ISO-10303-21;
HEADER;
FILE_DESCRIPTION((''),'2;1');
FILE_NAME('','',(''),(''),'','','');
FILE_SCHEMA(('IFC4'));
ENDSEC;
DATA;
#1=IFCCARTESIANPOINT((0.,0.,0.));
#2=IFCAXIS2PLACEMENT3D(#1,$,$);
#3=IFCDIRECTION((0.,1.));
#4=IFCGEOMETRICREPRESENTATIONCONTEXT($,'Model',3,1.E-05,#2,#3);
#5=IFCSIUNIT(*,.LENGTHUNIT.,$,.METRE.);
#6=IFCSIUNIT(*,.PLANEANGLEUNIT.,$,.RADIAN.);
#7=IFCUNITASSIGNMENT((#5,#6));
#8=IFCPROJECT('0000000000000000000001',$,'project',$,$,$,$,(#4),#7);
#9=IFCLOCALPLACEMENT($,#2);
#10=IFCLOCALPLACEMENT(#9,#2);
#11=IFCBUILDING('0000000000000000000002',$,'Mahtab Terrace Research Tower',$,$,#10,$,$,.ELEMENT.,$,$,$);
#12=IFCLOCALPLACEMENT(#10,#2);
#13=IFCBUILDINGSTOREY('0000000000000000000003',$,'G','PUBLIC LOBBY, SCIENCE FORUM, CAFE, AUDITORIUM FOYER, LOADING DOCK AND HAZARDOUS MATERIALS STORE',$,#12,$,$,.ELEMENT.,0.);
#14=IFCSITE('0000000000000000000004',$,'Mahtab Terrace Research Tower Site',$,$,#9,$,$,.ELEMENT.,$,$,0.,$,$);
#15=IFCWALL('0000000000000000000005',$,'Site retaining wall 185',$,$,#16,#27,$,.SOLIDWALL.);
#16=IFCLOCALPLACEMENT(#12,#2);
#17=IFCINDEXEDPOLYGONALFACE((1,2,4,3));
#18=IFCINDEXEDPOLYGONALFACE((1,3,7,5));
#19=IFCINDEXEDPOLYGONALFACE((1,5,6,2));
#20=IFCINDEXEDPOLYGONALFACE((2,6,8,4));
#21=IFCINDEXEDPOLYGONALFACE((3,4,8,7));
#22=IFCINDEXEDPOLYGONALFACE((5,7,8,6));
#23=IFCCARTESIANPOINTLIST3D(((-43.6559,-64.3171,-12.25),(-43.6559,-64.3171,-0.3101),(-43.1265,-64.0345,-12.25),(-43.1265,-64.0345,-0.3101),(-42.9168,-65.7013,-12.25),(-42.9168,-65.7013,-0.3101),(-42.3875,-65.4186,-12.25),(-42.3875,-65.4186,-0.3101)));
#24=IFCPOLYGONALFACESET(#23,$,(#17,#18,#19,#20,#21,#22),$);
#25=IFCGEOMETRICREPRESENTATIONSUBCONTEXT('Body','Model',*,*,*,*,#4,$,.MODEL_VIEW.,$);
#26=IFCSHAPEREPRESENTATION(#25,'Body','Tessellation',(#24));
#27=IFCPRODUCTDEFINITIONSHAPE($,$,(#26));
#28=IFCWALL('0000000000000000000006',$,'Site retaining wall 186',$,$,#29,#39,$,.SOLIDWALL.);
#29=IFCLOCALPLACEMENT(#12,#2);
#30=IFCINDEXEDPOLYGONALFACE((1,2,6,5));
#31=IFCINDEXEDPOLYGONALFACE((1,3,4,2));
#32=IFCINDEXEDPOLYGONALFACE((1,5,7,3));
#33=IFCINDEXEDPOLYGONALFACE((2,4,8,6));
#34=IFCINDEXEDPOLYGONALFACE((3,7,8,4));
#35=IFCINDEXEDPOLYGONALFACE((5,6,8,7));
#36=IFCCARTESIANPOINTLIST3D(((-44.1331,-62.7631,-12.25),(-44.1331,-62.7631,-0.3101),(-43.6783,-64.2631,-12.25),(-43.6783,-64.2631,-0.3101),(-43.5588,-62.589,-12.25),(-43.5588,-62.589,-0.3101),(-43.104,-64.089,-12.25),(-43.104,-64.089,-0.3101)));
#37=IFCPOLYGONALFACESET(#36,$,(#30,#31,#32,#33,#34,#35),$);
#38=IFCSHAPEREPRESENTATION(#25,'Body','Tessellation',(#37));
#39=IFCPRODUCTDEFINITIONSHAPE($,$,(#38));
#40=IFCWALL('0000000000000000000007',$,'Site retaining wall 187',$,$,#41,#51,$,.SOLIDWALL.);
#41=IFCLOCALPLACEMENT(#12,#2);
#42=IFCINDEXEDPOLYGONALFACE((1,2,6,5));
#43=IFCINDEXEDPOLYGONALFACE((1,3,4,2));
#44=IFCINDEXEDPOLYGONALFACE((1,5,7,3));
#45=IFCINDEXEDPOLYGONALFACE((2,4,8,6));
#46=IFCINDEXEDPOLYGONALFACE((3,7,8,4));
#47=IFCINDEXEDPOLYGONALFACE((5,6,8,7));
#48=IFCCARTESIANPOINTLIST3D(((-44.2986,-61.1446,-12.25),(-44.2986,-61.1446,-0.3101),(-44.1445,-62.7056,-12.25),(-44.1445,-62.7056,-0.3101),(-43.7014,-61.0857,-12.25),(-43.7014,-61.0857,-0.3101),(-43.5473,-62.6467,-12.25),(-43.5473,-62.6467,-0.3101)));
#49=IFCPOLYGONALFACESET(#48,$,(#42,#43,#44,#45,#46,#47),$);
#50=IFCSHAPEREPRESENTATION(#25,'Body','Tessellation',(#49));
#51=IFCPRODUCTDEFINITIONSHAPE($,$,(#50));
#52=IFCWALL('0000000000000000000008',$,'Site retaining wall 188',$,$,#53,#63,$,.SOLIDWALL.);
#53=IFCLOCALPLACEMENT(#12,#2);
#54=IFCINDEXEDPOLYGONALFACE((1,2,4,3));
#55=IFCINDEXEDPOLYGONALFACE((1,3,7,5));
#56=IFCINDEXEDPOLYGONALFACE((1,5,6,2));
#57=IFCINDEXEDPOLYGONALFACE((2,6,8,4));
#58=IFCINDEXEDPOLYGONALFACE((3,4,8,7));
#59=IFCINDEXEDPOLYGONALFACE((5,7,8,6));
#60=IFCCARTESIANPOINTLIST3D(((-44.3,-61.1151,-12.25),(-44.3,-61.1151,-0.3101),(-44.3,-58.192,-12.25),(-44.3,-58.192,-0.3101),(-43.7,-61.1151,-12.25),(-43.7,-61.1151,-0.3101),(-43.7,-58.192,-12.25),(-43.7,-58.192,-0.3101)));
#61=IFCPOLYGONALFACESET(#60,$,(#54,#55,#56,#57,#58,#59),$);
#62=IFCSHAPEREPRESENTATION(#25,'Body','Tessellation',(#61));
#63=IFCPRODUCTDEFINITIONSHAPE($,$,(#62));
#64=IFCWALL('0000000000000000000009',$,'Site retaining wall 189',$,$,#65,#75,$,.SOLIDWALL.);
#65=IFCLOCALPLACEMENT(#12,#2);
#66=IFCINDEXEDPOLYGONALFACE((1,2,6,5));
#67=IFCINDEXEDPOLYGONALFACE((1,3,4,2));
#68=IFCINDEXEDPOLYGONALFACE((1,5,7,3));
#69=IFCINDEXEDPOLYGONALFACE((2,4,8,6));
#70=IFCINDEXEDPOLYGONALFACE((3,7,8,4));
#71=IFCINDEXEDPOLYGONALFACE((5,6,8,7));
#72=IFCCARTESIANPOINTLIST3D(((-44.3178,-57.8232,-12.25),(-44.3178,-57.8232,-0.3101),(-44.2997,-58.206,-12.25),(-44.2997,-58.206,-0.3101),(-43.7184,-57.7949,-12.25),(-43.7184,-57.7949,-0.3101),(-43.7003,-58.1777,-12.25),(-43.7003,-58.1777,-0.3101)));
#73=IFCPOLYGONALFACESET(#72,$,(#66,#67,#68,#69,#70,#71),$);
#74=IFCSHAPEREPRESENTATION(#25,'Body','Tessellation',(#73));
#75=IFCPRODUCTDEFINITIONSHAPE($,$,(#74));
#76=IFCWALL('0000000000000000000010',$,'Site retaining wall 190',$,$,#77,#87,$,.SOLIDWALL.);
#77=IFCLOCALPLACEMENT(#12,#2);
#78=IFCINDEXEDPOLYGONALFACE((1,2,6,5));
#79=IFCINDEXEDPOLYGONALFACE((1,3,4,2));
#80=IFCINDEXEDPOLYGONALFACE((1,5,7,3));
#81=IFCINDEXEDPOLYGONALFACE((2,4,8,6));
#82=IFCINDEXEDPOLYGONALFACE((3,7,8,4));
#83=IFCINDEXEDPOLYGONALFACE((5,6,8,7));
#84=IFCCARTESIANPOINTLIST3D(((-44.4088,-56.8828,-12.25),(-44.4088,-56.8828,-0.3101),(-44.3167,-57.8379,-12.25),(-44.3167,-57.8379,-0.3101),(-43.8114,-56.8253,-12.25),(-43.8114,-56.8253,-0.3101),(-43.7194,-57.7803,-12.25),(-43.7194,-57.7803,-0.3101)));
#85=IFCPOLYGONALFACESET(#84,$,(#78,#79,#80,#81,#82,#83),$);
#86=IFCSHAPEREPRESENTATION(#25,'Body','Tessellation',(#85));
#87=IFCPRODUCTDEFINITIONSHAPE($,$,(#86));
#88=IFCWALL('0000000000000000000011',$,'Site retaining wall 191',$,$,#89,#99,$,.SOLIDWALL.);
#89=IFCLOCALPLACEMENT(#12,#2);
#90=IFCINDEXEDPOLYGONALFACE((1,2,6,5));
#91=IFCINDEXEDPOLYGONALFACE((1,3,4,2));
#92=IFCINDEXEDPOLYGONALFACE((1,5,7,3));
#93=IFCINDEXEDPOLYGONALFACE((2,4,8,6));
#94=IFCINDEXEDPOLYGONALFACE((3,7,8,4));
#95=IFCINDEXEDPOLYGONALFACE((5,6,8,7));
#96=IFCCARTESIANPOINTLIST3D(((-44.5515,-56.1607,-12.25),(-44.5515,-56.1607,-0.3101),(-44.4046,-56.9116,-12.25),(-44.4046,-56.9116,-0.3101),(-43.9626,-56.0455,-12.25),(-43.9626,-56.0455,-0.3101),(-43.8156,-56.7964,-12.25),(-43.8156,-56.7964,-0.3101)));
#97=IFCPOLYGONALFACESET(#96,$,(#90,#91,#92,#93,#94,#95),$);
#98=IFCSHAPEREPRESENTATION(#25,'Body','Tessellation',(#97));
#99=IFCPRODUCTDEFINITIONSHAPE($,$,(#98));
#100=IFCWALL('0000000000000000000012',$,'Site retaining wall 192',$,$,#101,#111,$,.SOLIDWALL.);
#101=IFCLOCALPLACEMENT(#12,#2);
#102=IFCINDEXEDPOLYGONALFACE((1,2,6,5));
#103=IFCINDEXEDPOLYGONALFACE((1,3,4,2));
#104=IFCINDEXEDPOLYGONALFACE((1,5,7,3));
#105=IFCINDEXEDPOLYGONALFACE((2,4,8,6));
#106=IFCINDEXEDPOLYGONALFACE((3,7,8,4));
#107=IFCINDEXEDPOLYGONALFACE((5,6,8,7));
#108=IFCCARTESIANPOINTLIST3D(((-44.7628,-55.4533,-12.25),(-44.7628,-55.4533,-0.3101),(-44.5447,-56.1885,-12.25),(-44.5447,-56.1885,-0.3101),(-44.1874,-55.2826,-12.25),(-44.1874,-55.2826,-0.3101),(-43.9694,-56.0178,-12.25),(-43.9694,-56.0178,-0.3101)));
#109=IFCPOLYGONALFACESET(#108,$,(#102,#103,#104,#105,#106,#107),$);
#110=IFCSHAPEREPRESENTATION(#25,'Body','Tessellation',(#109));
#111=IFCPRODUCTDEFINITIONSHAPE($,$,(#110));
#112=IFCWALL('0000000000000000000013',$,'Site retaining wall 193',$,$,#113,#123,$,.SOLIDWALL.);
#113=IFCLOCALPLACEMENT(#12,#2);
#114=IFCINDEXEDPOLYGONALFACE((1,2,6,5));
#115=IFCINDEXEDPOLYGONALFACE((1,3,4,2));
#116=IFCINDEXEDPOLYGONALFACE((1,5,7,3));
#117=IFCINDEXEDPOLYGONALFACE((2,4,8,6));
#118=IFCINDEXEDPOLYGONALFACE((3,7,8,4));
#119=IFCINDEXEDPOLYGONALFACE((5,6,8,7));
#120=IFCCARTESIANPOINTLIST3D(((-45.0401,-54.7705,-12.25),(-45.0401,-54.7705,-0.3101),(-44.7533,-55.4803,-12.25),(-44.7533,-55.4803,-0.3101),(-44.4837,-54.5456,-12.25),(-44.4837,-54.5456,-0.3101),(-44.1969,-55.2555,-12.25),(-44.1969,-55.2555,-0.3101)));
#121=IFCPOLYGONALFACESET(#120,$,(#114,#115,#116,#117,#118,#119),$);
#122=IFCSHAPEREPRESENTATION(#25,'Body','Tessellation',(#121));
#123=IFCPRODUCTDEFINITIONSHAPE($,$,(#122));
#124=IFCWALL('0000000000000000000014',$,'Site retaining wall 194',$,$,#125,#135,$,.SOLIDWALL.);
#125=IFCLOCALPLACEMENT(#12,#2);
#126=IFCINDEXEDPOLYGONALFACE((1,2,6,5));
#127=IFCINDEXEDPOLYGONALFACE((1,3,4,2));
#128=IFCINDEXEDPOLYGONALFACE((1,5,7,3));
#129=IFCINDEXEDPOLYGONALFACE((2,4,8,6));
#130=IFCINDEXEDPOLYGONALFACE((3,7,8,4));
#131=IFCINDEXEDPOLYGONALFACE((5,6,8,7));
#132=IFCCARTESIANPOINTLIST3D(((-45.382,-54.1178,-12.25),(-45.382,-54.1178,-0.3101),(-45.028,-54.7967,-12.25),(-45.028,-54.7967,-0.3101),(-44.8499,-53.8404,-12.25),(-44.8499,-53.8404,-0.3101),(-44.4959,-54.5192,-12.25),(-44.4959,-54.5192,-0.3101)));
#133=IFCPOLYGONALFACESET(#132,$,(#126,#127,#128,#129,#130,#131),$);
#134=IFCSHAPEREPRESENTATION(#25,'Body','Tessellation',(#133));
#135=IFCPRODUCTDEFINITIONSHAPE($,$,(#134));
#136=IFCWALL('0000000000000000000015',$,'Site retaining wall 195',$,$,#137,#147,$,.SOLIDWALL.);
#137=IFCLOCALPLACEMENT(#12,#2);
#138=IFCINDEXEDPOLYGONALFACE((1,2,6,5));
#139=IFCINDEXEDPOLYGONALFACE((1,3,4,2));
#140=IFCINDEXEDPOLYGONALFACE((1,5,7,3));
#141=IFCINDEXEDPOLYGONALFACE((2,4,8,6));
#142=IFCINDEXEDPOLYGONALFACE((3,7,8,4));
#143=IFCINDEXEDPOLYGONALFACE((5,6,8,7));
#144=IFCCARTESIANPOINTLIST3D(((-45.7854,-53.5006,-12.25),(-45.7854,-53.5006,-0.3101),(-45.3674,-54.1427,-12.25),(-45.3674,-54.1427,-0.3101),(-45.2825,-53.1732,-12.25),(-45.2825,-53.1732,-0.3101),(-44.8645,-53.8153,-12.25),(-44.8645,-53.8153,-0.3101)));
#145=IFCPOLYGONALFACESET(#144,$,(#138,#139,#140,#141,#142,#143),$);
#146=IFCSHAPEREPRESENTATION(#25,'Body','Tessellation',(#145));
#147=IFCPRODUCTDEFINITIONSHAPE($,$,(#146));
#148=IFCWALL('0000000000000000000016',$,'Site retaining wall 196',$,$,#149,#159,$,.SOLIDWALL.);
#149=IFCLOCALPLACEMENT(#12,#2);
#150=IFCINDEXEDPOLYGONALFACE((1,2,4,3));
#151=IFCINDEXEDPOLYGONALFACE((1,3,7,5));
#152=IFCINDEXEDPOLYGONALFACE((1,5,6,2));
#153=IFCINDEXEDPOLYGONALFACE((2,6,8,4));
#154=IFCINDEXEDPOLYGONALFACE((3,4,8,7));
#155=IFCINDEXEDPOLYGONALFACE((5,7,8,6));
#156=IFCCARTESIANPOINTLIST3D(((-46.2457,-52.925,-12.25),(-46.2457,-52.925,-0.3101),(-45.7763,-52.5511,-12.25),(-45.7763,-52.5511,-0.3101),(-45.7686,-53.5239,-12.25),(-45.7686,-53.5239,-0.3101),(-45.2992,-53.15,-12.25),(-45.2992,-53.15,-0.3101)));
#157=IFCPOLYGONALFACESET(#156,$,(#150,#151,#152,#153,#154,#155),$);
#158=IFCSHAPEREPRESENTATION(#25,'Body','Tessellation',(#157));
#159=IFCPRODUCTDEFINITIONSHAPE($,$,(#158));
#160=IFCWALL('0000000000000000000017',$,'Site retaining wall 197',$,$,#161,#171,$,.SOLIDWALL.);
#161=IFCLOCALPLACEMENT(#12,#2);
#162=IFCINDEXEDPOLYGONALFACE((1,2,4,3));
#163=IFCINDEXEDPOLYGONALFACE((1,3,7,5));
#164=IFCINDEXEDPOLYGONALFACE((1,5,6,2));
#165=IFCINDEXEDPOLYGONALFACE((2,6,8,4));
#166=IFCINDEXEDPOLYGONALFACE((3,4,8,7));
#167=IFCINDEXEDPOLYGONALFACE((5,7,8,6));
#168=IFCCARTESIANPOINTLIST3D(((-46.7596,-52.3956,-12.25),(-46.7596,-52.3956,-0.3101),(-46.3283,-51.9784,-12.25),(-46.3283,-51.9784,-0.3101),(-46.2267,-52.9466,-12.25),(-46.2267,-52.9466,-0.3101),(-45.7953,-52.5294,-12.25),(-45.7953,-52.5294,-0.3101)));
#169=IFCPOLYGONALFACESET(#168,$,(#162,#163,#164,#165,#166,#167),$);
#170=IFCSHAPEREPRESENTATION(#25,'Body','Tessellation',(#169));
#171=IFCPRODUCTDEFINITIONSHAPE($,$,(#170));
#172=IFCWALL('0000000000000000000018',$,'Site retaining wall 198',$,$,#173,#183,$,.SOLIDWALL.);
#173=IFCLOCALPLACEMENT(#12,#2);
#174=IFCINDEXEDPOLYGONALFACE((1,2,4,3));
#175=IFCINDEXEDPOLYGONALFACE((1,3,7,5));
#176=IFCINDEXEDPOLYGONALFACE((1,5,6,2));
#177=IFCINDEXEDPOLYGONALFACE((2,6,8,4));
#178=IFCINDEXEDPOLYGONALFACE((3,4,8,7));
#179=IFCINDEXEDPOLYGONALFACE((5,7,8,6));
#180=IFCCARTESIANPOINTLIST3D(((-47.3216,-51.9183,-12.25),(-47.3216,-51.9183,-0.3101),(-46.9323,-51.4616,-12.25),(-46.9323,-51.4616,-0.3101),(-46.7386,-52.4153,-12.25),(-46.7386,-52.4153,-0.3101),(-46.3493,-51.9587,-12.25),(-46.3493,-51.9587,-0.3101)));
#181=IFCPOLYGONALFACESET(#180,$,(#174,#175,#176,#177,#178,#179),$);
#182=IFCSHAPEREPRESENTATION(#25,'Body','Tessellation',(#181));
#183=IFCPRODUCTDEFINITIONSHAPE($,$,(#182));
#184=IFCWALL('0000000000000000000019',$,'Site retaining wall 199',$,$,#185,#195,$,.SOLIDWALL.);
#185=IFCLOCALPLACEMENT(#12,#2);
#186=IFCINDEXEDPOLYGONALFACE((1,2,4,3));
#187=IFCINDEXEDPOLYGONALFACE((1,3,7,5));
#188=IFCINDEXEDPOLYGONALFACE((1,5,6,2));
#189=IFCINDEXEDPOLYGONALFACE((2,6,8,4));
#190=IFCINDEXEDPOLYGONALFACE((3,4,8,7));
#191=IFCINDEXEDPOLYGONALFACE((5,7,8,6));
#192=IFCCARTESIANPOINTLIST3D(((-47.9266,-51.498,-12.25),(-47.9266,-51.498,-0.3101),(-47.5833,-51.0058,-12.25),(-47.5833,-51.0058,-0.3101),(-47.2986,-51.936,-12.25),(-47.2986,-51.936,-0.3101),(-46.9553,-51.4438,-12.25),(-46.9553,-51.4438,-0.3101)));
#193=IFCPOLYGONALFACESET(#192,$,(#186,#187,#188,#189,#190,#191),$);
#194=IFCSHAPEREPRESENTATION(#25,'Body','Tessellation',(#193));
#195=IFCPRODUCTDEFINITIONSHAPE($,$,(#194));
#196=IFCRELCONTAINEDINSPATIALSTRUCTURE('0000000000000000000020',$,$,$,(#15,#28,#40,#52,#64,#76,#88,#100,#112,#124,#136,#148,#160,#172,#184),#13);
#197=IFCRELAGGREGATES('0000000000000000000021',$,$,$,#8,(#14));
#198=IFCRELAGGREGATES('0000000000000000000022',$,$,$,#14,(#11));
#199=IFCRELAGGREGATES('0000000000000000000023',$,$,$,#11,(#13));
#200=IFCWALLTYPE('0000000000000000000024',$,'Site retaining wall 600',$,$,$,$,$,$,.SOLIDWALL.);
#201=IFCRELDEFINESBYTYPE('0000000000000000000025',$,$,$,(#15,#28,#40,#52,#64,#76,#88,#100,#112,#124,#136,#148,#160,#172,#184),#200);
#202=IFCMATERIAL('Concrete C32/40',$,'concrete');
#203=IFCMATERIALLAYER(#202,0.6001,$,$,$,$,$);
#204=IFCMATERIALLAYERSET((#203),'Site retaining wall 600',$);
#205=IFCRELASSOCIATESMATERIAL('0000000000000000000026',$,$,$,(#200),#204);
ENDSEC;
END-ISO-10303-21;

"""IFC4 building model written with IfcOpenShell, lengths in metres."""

from ifc_helpers import new_model, si_unit, direction, frame, frame_2d, origin, place, context, subcontext, project, spatial, rectangle, extrude, material, layer, layer_set, type_object, element, save


model = new_model("IFC4")

# Units and contexts
model_context = context("Model", 3, precision=1e-05, world=origin(), true_north=direction((0.0, 1.0)))
body_context = subcontext(model_context, "Body", "Model", "MODEL_VIEW")
ifc_project = project(units=[si_unit("LENGTHUNIT", "METRE"), si_unit("PLANEANGLEUNIT", "RADIAN")], contexts=[model_context])

# Site, building, storey
site_placement = place(None, origin())
site = spatial("IfcSite", under=ifc_project, at=site_placement, Name="Mahtab Terrace Research Tower Site", CompositionType="ELEMENT", RefElevation=0.0)
building_placement = place(site_placement, origin())
building = spatial("IfcBuilding", under=site, at=building_placement, Name="Mahtab Terrace Research Tower", CompositionType="ELEMENT")
storey_placement = place(building_placement, origin())
storey = spatial("IfcBuildingStorey", under=building, at=storey_placement, Name="G", Description="PUBLIC LOBBY, SCIENCE FORUM, CAFE, AUDITORIUM FOYER, LOADING DOCK AND HAZARDOUS MATERIALS STORE", CompositionType="ELEMENT", Elevation=0.0)

# Walls
ifc_material = material(Name="Concrete C32/40", Category="concrete")
ifc_layer = layer(ifc_material, 0.6001)
ifc_layer_set = layer_set([ifc_layer], Name="Site retaining wall 600")
wall_type = type_object("IfcWallType", Name="Site retaining wall 600", PredefinedType="SOLIDWALL", material=ifc_layer_set)
wall_1_placement = place(storey_placement, frame((-42.6521, -65.5601, -12.25), z_axis=(0.0, 0.0, 1.0), x_axis=(-0.471016, 0.882125, 0.0)))
element("IfcWall", 1, at=wall_1_placement, inside=storey, type_object=wall_type, Name="Site retaining wall 185", PredefinedType="SOLIDWALL", context=body_context, shape_type="SweptSolid", body=[
    extrude(rectangle(XDim=1.5691, YDim=0.6001, at=frame_2d((0.7847, 0.0))), origin(), (0.0, 0.0, 1.0), 11.9399),
])
wall_2_placement = place(storey_placement, frame((-43.3911, -64.176, -12.25), z_axis=(0.0, 0.0, 1.0), x_axis=(-0.290176, 0.956973, 0.0)))
element("IfcWall", 2, at=wall_2_placement, inside=storey, type_object=wall_type, Name="Site retaining wall 186", PredefinedType="SOLIDWALL", context=body_context, shape_type="SweptSolid", body=[
    extrude(rectangle(XDim=1.5674, YDim=0.6001, at=frame_2d((0.7837, 0.0))), origin(), (0.0, 0.0, 1.0), 11.9399),
])
wall_3_placement = place(storey_placement, frame((-43.8459, -62.676, -12.25), z_axis=(0.0, 0.0, 1.0), x_axis=(-0.098209, 0.995166, 0.0)))
element("IfcWall", 3, at=wall_3_placement, inside=storey, type_object=wall_type, Name="Site retaining wall 187", PredefinedType="SOLIDWALL", context=body_context, shape_type="SweptSolid", body=[
    extrude(rectangle(XDim=1.5686, YDim=0.6001, at=frame_2d((0.7842, 0.0))), origin(), (0.0, 0.0, 1.0), 11.9399),
])
wall_4_placement = place(storey_placement, frame((-44.0, -61.115, -12.25), z_axis=(0.0, 0.0, 1.0), x_axis=(0.0, 1.0, 0.0)))
element("IfcWall", 4, at=wall_4_placement, inside=storey, type_object=wall_type, Name="Site retaining wall 188", PredefinedType="SOLIDWALL", context=body_context, shape_type="SweptSolid", body=[
    extrude(rectangle(XDim=2.9231, YDim=0.6001, at=frame_2d((1.4614, 0.0))), origin(), (0.0, 0.0, 1.0), 11.9399),
])
wall_5_placement = place(storey_placement, frame((-44.0, -58.1919, -12.25), z_axis=(0.0, 0.0, 1.0), x_axis=(-0.047141, 0.998888, 0.0)))
element("IfcWall", 5, at=wall_5_placement, inside=storey, type_object=wall_type, Name="Site retaining wall 189", PredefinedType="SOLIDWALL", context=body_context, shape_type="SweptSolid", body=[
    extrude(rectangle(XDim=0.3833, YDim=0.6001, at=frame_2d((0.1917, 0.0))), origin(), (0.0, 0.0, 1.0), 11.9399),
])
wall_6_placement = place(storey_placement, frame((-44.0181, -57.8091, -12.25), z_axis=(0.0, 0.0, 1.0), x_axis=(-0.095926, 0.995388, 0.0)))
element("IfcWall", 6, at=wall_6_placement, inside=storey, type_object=wall_type, Name="Site retaining wall 190", PredefinedType="SOLIDWALL", context=body_context, shape_type="SweptSolid", body=[
    extrude(rectangle(XDim=0.9595, YDim=0.6001, at=frame_2d((0.4797, 0.0))), origin(), (0.0, 0.0, 1.0), 11.9399),
])
wall_7_placement = place(storey_placement, frame((-44.1101, -56.854, -12.25), z_axis=(0.0, 0.0, 1.0), x_axis=(-0.192065, 0.981382, 0.0)))
element("IfcWall", 7, at=wall_7_placement, inside=storey, type_object=wall_type, Name="Site retaining wall 191", PredefinedType="SOLIDWALL", context=body_context, shape_type="SweptSolid", body=[
    extrude(rectangle(XDim=0.7651, YDim=0.6001, at=frame_2d((0.3826, 0.0))), origin(), (0.0, 0.0, 1.0), 11.9399),
])
wall_8_placement = place(storey_placement, frame((-44.2571, -56.103, -12.25), z_axis=(0.0, 0.0, 1.0), x_axis=(-0.284338, 0.958724, 0.0)))
element("IfcWall", 8, at=wall_8_placement, inside=storey, type_object=wall_type, Name="Site retaining wall 192", PredefinedType="SOLIDWALL", context=body_context, shape_type="SweptSolid", body=[
    extrude(rectangle(XDim=0.7668, YDim=0.6001, at=frame_2d((0.3833, 0.0))), origin(), (0.0, 0.0, 1.0), 11.9399),
])
for number, where, z_axis, x_axis, name in (
    (9, (-44.4751, -55.3679, -12.25), (0.0, 0.0, 1.0), (-0.374632, 0.927174, 0.0), "Site retaining wall 193"),
    (10, (-44.762, -54.658, -12.25), (0.0, 0.0, 1.0), (-0.462326, 0.88671, 0.0), "Site retaining wall 194"),
):
    element("IfcWall", number, at=place(storey_placement, frame(where, z_axis=z_axis, x_axis=x_axis)), inside=storey, type_object=wall_type, Name=name, PredefinedType="SOLIDWALL", context=body_context, shape_type="SweptSolid", body=[
        extrude(rectangle(XDim=0.7656, YDim=0.6001, at=frame_2d((0.3828, 0.0))), origin(), (0.0, 0.0, 1.0), 11.9399),
    ])
wall_9_placement = place(storey_placement, frame((-45.116, -53.979, -12.25), z_axis=(0.0, 0.0, 1.0), x_axis=(-0.545548, 0.838079, 0.0)))
element("IfcWall", 11, at=wall_9_placement, inside=storey, type_object=wall_type, Name="Site retaining wall 195", PredefinedType="SOLIDWALL", context=body_context, shape_type="SweptSolid", body=[
    extrude(rectangle(XDim=0.7661, YDim=0.6001, at=frame_2d((0.3831, 0.0))), origin(), (0.0, 0.0, 1.0), 11.9399),
])
wall_10_placement = place(storey_placement, frame((-45.5339, -53.3369, -12.25), z_axis=(0.0, 0.0, 1.0), x_axis=(-0.62306, 0.782174, 0.0)))
element("IfcWall", 12, at=wall_10_placement, inside=storey, type_object=wall_type, Name="Site retaining wall 196", PredefinedType="SOLIDWALL", context=body_context, shape_type="SweptSolid", body=[
    extrude(rectangle(XDim=0.7656, YDim=0.6001, at=frame_2d((0.3828, 0.0))), origin(), (0.0, 0.0, 1.0), 11.9399),
])
wall_11_placement = place(storey_placement, frame((-46.011, -52.738, -12.25), z_axis=(0.0, 0.0, 1.0), x_axis=(-0.695225, 0.718792, 0.0)))
element("IfcWall", 13, at=wall_11_placement, inside=storey, type_object=wall_type, Name="Site retaining wall 197", PredefinedType="SOLIDWALL", context=body_context, shape_type="SweptSolid", body=[
    extrude(rectangle(XDim=0.7666, YDim=0.6001, at=frame_2d((0.3833, 0.0))), origin(), (0.0, 0.0, 1.0), 11.9399),
])
wall_12_placement = place(storey_placement, frame((-46.5439, -52.187, -12.25), z_axis=(0.0, 0.0, 1.0), x_axis=(-0.760964, 0.648795, 0.0)))
element("IfcWall", 14, at=wall_12_placement, inside=storey, type_object=wall_type, Name="Site retaining wall 198", PredefinedType="SOLIDWALL", context=body_context, shape_type="SweptSolid", body=[
    extrude(rectangle(XDim=0.7661, YDim=0.6001, at=frame_2d((0.3831, 0.0))), origin(), (0.0, 0.0, 1.0), 11.9399),
])
wall_13_placement = place(storey_placement, frame((-47.127, -51.6899, -12.25), z_axis=(0.0, 0.0, 1.0), x_axis=(-0.82019, 0.572092, 0.0)))
element("IfcWall", 15, at=wall_13_placement, inside=storey, type_object=wall_type, Name="Site retaining wall 199", PredefinedType="SOLIDWALL", context=body_context, shape_type="SweptSolid", body=[
    extrude(rectangle(XDim=0.7656, YDim=0.6001, at=frame_2d((0.3828, 0.0))), origin(), (0.0, 0.0, 1.0), 11.9399),
])

save(model, "model.ifc")
